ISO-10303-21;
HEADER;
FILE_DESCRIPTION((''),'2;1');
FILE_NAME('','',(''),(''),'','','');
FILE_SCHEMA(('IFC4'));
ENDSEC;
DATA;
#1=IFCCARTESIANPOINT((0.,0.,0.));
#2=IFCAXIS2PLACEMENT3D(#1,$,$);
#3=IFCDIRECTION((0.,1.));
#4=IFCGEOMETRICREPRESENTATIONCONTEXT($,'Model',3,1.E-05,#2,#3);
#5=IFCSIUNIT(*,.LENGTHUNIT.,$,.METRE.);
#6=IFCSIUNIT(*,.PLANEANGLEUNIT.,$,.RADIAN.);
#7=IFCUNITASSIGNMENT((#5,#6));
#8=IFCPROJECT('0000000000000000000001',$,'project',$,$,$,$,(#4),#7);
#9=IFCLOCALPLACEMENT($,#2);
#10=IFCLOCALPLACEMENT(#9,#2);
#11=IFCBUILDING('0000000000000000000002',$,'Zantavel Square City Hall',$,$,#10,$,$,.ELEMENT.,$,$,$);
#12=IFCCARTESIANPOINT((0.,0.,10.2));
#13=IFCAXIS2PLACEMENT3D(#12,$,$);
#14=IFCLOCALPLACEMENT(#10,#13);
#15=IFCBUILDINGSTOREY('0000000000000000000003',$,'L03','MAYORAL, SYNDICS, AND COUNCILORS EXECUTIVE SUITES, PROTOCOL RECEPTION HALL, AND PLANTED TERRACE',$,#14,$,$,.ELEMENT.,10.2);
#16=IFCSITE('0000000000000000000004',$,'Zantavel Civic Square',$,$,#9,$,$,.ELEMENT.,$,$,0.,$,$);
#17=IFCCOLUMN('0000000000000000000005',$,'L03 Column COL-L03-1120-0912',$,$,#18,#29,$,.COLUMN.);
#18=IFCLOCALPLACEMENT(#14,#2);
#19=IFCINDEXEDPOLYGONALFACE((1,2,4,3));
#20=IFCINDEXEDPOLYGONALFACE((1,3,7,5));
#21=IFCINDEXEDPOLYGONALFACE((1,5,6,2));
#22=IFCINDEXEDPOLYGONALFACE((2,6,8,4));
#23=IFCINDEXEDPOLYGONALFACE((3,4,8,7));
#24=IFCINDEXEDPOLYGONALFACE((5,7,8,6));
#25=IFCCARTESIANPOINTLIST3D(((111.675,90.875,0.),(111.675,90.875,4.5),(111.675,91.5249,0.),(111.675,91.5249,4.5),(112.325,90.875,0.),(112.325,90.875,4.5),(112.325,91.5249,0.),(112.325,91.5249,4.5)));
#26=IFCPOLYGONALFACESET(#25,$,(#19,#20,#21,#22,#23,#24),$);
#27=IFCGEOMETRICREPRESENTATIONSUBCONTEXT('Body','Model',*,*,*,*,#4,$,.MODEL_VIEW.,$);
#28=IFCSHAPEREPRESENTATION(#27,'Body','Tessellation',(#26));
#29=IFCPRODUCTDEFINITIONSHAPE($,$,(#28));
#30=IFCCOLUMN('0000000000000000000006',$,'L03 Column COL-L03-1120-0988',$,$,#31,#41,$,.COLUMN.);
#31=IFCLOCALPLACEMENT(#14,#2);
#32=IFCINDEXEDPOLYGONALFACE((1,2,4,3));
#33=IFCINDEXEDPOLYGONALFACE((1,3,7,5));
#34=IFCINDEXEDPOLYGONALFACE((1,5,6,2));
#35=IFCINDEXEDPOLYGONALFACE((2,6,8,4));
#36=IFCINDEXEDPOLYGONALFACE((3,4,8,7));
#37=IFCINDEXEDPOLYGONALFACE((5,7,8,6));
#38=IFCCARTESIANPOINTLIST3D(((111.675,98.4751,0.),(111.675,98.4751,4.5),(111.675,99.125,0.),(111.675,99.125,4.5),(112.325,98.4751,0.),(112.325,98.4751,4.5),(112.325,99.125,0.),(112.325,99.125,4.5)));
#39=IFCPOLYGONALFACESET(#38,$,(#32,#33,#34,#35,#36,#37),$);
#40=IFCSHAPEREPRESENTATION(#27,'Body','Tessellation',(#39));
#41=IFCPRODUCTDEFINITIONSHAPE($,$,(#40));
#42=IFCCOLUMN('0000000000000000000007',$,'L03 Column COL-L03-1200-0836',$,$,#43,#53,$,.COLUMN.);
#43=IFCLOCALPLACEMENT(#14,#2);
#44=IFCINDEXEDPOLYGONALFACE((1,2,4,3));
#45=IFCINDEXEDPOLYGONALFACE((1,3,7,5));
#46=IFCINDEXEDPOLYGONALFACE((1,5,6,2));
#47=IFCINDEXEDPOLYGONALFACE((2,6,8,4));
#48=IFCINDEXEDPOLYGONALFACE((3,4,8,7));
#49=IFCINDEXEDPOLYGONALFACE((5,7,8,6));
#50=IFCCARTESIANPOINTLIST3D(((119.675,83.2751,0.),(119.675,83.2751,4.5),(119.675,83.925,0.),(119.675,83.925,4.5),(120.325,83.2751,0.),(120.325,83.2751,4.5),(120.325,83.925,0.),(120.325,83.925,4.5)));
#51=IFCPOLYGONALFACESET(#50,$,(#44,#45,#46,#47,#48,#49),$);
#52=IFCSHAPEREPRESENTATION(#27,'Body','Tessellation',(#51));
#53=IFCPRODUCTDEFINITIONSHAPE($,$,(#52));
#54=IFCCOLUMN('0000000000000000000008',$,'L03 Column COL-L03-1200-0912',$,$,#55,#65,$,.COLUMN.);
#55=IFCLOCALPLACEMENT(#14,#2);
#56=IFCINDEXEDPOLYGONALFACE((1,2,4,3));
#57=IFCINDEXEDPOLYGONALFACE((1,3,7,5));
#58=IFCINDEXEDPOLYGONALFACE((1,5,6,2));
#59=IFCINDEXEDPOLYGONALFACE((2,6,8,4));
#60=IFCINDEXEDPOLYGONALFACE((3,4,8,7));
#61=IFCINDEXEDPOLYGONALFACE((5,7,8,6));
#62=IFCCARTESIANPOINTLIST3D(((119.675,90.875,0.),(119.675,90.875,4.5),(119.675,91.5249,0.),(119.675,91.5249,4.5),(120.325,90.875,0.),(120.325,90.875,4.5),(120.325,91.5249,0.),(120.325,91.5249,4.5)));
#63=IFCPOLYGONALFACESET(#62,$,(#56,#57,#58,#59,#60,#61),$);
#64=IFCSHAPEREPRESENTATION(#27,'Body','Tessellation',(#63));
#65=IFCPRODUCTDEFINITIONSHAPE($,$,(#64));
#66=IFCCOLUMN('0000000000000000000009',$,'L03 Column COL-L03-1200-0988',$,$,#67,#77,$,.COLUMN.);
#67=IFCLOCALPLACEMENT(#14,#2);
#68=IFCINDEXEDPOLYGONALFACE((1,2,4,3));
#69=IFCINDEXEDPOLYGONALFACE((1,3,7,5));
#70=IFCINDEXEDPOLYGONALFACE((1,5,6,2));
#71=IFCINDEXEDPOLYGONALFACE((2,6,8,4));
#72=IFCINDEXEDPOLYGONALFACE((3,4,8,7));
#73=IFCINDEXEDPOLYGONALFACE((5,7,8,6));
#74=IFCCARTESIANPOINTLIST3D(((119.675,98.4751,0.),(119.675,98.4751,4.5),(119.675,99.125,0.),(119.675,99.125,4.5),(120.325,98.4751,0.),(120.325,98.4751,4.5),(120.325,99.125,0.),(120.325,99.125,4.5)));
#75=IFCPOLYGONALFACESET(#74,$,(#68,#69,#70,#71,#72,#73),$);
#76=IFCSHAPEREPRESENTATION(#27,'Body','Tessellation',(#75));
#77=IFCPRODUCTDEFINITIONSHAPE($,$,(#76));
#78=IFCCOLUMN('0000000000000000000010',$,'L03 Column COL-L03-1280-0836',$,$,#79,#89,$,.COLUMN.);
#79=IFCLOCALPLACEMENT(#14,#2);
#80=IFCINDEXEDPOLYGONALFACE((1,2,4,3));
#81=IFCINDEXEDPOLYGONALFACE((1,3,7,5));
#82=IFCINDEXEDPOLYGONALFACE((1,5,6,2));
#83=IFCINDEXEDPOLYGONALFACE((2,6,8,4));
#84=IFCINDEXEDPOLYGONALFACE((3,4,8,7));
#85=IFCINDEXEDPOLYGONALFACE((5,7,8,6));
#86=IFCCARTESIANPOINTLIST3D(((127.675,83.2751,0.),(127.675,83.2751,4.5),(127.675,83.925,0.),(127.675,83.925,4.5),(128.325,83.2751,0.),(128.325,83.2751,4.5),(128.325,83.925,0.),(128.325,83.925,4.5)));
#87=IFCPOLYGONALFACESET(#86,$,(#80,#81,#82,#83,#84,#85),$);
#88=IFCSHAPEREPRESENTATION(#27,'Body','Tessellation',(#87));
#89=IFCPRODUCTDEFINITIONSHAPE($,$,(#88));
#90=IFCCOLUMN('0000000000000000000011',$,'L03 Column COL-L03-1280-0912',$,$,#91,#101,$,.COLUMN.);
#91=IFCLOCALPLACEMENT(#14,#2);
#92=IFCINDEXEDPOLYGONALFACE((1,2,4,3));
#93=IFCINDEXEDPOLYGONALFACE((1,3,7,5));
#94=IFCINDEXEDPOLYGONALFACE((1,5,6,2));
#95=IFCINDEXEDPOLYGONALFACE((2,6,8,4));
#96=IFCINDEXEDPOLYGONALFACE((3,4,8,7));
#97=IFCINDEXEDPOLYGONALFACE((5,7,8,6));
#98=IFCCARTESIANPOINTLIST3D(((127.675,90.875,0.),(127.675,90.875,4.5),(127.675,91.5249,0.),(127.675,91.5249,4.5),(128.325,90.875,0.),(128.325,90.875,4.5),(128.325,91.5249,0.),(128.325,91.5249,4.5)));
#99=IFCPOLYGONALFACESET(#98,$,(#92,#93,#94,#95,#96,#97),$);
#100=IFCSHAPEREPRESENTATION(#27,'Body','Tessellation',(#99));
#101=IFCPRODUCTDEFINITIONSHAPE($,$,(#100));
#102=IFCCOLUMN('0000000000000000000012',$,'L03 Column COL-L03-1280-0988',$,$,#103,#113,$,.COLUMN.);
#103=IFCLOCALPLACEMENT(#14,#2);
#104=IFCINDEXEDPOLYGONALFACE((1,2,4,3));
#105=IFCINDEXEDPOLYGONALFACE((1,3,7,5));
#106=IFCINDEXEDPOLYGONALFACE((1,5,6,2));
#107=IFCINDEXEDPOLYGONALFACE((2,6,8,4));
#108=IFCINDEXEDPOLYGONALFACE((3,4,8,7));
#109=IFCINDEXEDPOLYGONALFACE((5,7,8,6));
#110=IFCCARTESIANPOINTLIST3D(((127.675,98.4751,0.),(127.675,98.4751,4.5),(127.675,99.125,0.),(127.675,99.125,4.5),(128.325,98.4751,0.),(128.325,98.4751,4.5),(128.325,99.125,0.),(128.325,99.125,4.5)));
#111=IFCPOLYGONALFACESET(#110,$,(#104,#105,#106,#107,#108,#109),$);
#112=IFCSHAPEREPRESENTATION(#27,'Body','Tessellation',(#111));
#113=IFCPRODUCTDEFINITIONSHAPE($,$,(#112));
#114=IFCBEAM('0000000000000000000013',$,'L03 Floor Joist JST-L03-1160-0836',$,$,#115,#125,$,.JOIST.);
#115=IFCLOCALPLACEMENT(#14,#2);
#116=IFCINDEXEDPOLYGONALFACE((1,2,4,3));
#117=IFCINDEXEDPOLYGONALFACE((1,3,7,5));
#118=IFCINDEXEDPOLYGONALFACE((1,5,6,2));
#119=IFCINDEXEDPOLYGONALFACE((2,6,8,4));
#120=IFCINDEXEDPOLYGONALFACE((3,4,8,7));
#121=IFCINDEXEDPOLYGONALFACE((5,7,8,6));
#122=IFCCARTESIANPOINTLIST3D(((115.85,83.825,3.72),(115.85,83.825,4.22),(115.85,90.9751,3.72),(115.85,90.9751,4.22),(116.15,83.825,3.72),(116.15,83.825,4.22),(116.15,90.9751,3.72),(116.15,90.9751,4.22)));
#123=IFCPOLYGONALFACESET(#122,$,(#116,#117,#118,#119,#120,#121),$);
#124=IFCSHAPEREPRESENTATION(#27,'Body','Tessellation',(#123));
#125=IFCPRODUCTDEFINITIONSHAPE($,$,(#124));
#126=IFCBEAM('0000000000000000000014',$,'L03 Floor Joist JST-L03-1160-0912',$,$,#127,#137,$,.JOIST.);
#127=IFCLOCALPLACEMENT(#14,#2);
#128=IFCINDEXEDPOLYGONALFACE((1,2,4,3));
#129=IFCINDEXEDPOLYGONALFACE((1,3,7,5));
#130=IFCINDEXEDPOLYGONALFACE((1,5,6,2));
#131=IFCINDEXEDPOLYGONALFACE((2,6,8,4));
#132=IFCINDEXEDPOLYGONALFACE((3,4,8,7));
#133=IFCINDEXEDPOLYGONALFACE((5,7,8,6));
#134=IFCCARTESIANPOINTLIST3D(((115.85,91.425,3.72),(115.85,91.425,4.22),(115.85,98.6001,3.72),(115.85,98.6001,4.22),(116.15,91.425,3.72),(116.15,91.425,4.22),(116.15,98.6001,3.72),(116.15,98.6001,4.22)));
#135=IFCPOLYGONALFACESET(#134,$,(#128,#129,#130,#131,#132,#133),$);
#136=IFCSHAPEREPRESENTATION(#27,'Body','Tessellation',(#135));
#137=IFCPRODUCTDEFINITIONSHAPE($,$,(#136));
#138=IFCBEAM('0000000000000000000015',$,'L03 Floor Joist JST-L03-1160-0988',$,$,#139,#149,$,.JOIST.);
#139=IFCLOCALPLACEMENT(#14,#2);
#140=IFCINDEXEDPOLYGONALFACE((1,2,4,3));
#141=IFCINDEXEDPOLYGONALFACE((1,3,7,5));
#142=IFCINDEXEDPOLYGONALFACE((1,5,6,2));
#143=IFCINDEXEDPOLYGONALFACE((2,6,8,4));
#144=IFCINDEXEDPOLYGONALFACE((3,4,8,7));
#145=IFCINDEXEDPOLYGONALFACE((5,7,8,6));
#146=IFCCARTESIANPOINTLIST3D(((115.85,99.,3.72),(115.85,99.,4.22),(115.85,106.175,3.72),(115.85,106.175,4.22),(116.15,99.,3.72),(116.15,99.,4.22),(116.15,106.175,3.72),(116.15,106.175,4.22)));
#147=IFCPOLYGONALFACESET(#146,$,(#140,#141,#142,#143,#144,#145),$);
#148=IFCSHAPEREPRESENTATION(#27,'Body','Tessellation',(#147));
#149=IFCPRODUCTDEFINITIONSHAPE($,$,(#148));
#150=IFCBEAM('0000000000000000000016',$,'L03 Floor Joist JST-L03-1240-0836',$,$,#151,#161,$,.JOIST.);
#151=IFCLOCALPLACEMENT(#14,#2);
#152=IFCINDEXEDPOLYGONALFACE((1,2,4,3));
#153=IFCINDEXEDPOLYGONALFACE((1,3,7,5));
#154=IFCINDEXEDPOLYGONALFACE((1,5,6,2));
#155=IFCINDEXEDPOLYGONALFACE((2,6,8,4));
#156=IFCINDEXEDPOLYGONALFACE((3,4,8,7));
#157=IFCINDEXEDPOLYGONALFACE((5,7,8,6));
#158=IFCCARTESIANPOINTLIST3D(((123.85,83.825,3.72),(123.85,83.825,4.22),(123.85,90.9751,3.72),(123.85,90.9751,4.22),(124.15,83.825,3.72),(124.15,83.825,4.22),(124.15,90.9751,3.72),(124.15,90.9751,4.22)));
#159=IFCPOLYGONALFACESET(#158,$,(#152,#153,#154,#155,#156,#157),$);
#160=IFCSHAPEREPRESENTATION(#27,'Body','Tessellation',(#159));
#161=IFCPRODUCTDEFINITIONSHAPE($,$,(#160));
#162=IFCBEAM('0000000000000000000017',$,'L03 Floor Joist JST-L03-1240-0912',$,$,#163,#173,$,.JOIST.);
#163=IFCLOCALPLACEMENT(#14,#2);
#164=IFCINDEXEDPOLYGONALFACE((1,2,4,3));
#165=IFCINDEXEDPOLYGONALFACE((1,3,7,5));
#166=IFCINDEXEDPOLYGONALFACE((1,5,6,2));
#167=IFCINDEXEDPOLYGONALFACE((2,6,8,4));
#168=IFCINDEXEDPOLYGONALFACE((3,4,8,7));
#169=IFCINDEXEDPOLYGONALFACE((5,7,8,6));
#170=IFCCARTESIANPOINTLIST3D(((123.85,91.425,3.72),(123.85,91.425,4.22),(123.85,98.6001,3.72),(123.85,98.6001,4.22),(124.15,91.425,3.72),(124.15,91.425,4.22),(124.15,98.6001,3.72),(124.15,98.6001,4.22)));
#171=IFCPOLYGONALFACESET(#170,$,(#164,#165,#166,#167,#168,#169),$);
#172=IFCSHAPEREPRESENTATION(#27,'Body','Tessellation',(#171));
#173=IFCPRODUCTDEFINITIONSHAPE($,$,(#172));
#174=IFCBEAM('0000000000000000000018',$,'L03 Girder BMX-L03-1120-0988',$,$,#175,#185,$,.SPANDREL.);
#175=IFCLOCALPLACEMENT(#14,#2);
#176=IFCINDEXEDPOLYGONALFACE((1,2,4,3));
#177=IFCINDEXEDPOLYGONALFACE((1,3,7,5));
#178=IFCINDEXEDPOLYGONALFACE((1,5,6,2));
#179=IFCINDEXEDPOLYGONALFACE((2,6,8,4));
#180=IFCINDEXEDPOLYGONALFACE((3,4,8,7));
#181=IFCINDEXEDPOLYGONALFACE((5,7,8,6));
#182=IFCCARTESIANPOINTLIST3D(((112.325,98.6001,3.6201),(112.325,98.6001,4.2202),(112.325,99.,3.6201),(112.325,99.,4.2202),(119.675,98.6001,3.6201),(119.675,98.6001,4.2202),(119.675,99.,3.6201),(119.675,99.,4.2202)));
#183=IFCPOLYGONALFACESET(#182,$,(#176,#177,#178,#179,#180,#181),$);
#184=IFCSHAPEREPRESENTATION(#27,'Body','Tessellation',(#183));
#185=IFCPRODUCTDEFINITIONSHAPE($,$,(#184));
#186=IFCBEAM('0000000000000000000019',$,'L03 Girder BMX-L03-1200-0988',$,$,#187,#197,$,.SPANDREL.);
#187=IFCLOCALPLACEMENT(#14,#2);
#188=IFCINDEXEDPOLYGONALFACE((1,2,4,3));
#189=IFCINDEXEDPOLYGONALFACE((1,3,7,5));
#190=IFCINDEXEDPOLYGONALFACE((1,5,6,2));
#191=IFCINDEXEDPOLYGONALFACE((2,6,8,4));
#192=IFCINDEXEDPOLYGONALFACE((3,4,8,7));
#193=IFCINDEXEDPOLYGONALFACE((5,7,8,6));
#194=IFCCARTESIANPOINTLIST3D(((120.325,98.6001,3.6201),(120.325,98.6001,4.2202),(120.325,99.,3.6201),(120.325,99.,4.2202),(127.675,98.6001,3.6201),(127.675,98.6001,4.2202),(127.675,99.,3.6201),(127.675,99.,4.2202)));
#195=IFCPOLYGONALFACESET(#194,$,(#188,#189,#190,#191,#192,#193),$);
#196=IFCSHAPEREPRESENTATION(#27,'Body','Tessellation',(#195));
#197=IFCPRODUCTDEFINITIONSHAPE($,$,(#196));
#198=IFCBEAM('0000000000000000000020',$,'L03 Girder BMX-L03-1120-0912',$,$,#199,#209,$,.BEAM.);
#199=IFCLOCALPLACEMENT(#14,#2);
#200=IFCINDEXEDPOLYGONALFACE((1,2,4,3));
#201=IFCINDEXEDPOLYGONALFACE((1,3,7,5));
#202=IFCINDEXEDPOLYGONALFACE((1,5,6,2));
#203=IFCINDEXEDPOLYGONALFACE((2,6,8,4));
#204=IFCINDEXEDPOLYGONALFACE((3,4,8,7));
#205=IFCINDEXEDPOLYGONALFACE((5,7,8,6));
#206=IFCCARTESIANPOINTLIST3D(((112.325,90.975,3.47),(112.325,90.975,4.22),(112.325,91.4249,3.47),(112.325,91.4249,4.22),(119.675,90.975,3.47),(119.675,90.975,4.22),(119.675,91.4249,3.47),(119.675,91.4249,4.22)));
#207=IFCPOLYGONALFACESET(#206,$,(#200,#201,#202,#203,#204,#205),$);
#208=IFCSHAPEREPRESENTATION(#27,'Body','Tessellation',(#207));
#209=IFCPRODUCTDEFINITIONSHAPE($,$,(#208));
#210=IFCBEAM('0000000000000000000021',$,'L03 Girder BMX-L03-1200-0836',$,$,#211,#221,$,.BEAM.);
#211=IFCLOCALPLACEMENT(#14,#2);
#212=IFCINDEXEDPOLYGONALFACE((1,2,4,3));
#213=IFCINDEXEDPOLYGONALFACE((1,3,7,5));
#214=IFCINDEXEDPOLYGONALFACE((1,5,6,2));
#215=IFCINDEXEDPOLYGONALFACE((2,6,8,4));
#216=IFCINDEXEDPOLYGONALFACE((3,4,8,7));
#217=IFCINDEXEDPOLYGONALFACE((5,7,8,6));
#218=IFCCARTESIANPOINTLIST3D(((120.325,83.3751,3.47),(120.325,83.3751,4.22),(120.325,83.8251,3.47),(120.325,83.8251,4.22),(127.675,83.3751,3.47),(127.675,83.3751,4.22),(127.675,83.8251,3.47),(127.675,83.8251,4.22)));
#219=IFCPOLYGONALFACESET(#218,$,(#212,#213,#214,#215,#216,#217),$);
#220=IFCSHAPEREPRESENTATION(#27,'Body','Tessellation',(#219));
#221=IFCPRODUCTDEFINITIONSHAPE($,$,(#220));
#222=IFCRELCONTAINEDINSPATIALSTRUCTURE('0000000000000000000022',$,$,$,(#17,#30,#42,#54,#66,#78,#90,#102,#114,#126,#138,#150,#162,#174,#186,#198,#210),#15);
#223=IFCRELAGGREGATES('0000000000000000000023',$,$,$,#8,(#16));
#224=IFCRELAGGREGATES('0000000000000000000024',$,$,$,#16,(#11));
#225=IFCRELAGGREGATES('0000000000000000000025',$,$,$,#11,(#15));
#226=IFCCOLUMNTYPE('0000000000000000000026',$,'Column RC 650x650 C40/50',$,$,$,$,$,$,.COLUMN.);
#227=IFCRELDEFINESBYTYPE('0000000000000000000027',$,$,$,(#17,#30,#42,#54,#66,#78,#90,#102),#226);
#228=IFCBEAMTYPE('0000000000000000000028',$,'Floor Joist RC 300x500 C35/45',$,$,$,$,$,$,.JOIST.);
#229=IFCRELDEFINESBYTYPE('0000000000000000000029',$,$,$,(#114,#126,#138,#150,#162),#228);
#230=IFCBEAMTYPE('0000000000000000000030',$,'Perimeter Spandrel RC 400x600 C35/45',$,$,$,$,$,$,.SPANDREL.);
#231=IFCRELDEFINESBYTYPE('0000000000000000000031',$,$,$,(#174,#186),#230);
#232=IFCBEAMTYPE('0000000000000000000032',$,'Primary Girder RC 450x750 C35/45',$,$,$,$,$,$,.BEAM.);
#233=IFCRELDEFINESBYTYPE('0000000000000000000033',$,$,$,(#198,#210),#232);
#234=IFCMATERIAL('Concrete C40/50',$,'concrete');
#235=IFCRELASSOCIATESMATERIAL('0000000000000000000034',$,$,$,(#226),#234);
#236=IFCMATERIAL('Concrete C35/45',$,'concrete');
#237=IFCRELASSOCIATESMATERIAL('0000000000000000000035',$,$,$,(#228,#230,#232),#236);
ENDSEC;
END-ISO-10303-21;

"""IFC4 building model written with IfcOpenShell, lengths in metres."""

from ifc_helpers import new_model, si_unit, direction, frame, origin, origin_2d, place, context, subcontext, project, spatial, rectangle, extrude, material, material_profile, profile_set, type_object, element, save


model = new_model("IFC4")

# Units and contexts
model_context = context("Model", 3, precision=1e-05, world=origin(), true_north=direction((0.0, 1.0)))
body_context = subcontext(model_context, "Body", "Model", "MODEL_VIEW")
ifc_project = project(units=[si_unit("LENGTHUNIT", "METRE"), si_unit("PLANEANGLEUNIT", "RADIAN")], contexts=[model_context])

# Site, building, storey
site_placement = place(None, origin())
site = spatial("IfcSite", under=ifc_project, at=site_placement, Name="Zantavel Civic Square", CompositionType="ELEMENT", RefElevation=0.0)
building_placement = place(site_placement, origin())
building = spatial("IfcBuilding", under=site, at=building_placement, Name="Zantavel Square City Hall", CompositionType="ELEMENT")
storey_placement = place(building_placement, frame((0.0, 0.0, 10.2)))
storey = spatial("IfcBuildingStorey", under=building, at=storey_placement, Name="L03", Description="MAYORAL, SYNDICS, AND COUNCILORS EXECUTIVE SUITES, PROTOCOL RECEPTION HALL, AND PLANTED TERRACE", CompositionType="ELEMENT", Elevation=10.2)

# Columns
ifc_material_1 = material(Name="Concrete C40/50", Category="concrete")
ifc_material_profile_1 = material_profile(ifc_material_1, rectangle(XDim=0.6499, YDim=0.6499, at=origin_2d()), Name="RC 650x650")
ifc_profile_set_1 = profile_set([ifc_material_profile_1], Name="Concrete C40/50")
column_type = type_object("IfcColumnType", Name="Column RC 650x650 C40/50", PredefinedType="COLUMN", material=ifc_profile_set_1)
for number, where, z_axis, x_axis, name in (
    (1, (112.0, 91.2, 0.0), (0.0, 0.0, 1.0), (1.0, 0.0, 0.0), "L03 Column COL-L03-1120-0912"),
    (2, (112.0, 98.8, 0.0), (0.0, 0.0, 1.0), (1.0, 0.0, 0.0), "L03 Column COL-L03-1120-0988"),
    (3, (120.0, 83.6001, 0.0), (0.0, 0.0, 1.0), (1.0, 0.0, 0.0), "L03 Column COL-L03-1200-0836"),
    (4, (120.0, 91.2, 0.0), (0.0, 0.0, 1.0), (1.0, 0.0, 0.0), "L03 Column COL-L03-1200-0912"),
    (5, (120.0, 98.8, 0.0), (0.0, 0.0, 1.0), (1.0, 0.0, 0.0), "L03 Column COL-L03-1200-0988"),
    (6, (128.0, 83.6001, 0.0), (0.0, 0.0, 1.0), (1.0, 0.0, 0.0), "L03 Column COL-L03-1280-0836"),
    (7, (128.0, 91.2, 0.0), (0.0, 0.0, 1.0), (1.0, 0.0, 0.0), "L03 Column COL-L03-1280-0912"),
    (8, (128.0, 98.8, 0.0), (0.0, 0.0, 1.0), (1.0, 0.0, 0.0), "L03 Column COL-L03-1280-0988"),
):
    element("IfcColumn", number, at=place(storey_placement, frame(where, z_axis=z_axis, x_axis=x_axis)), inside=storey, type_object=column_type, Name=name, PredefinedType="COLUMN", context=body_context, shape_type="SweptSolid", body=[
        extrude(rectangle(XDim=0.6499, YDim=0.6499, at=origin_2d()), origin(), (0.0, 0.0, 1.0), 4.5),
    ])

# Beams
ifc_material_2 = material(Name="Concrete C35/45", Category="concrete")
ifc_material_profile_2 = material_profile(ifc_material_2, rectangle(XDim=0.3, YDim=0.5, at=origin_2d()), Name="RC 300x500")
ifc_profile_set_2 = profile_set([ifc_material_profile_2], Name="Concrete C35/45")
beam_type_1 = type_object("IfcBeamType", Name="Floor Joist RC 300x500 C35/45", PredefinedType="JOIST", material=ifc_profile_set_2)
beam_1_placement = place(storey_placement, frame((116.0, 83.825, 3.97), z_axis=(0.0, 1.0, 0.0), x_axis=(-1.0, 0.0, 0.0)))
element("IfcBeam", 9, at=beam_1_placement, inside=storey, type_object=beam_type_1, Name="L03 Floor Joist JST-L03-1160-0836", PredefinedType="JOIST", context=body_context, shape_type="SweptSolid", body=[
    extrude(rectangle(XDim=0.3, YDim=0.5, at=origin_2d()), origin(), (0.0, 0.0, 1.0), 7.1501),
])
for number, where, z_axis, x_axis, name in (
    (10, (116.0, 91.425, 3.97), (0.0, 1.0, 0.0), (-1.0, 0.0, 0.0), "L03 Floor Joist JST-L03-1160-0912"),
    (11, (116.0, 99.0, 3.97), (0.0, 1.0, 0.0), (-1.0, 0.0, 0.0), "L03 Floor Joist JST-L03-1160-0988"),
):
    element("IfcBeam", number, at=place(storey_placement, frame(where, z_axis=z_axis, x_axis=x_axis)), inside=storey, type_object=beam_type_1, Name=name, PredefinedType="JOIST", context=body_context, shape_type="SweptSolid", body=[
        extrude(rectangle(XDim=0.3, YDim=0.5, at=origin_2d()), origin(), (0.0, 0.0, 1.0), 7.175),
    ])
beam_2_placement = place(storey_placement, frame((124.0, 83.825, 3.97), z_axis=(0.0, 1.0, 0.0), x_axis=(-1.0, 0.0, 0.0)))
element("IfcBeam", 12, at=beam_2_placement, inside=storey, type_object=beam_type_1, Name="L03 Floor Joist JST-L03-1240-0836", PredefinedType="JOIST", context=body_context, shape_type="SweptSolid", body=[
    extrude(rectangle(XDim=0.3, YDim=0.5, at=origin_2d()), origin(), (0.0, 0.0, 1.0), 7.1501),
])
beam_3_placement = place(storey_placement, frame((124.0, 91.425, 3.97), z_axis=(0.0, 1.0, 0.0), x_axis=(-1.0, 0.0, 0.0)))
element("IfcBeam", 13, at=beam_3_placement, inside=storey, type_object=beam_type_1, Name="L03 Floor Joist JST-L03-1240-0912", PredefinedType="JOIST", context=body_context, shape_type="SweptSolid", body=[
    extrude(rectangle(XDim=0.3, YDim=0.5, at=origin_2d()), origin(), (0.0, 0.0, 1.0), 7.175),
])
ifc_material_profile_3 = material_profile(ifc_material_2, rectangle(XDim=0.3999, YDim=0.6001, at=origin_2d()), Name="RC 400x600")
ifc_profile_set_3 = profile_set([ifc_material_profile_3], Name="Concrete C35/45")
beam_type_2 = type_object("IfcBeamType", Name="Perimeter Spandrel RC 400x600 C35/45", PredefinedType="SPANDREL", material=ifc_profile_set_3)
for number, where, z_axis, x_axis, name in (
    (14, (112.325, 98.8, 3.9202), (1.0, 0.0, 0.0), (0.0, 1.0, 0.0), "L03 Girder BMX-L03-1120-0988"),
    (15, (120.325, 98.8, 3.9202), (1.0, 0.0, 0.0), (0.0, 1.0, 0.0), "L03 Girder BMX-L03-1200-0988"),
):
    element("IfcBeam", number, at=place(storey_placement, frame(where, z_axis=z_axis, x_axis=x_axis)), inside=storey, type_object=beam_type_2, Name=name, PredefinedType="SPANDREL", context=body_context, shape_type="SweptSolid", body=[
        extrude(rectangle(XDim=0.3999, YDim=0.6001, at=origin_2d()), origin(), (0.0, 0.0, 1.0), 7.3501),
    ])
ifc_material_profile_4 = material_profile(ifc_material_2, rectangle(XDim=0.45, YDim=0.75, at=origin_2d()), Name="RC 450x750")
ifc_profile_set_4 = profile_set([ifc_material_profile_4], Name="Concrete C35/45")
beam_type_3 = type_object("IfcBeamType", Name="Primary Girder RC 450x750 C35/45", PredefinedType="BEAM", material=ifc_profile_set_4)
for number, where, z_axis, x_axis, name in (
    (16, (112.325, 91.2, 3.845), (1.0, 0.0, 0.0), (0.0, 1.0, 0.0), "L03 Girder BMX-L03-1120-0912"),
    (17, (120.325, 83.6001, 3.845), (1.0, 0.0, 0.0), (0.0, 1.0, 0.0), "L03 Girder BMX-L03-1200-0836"),
):
    element("IfcBeam", number, at=place(storey_placement, frame(where, z_axis=z_axis, x_axis=x_axis)), inside=storey, type_object=beam_type_3, Name=name, PredefinedType="BEAM", context=body_context, shape_type="SweptSolid", body=[
        extrude(rectangle(XDim=0.45, YDim=0.75, at=origin_2d()), origin(), (0.0, 0.0, 1.0), 7.3501),
    ])

save(model, "model.ifc")
